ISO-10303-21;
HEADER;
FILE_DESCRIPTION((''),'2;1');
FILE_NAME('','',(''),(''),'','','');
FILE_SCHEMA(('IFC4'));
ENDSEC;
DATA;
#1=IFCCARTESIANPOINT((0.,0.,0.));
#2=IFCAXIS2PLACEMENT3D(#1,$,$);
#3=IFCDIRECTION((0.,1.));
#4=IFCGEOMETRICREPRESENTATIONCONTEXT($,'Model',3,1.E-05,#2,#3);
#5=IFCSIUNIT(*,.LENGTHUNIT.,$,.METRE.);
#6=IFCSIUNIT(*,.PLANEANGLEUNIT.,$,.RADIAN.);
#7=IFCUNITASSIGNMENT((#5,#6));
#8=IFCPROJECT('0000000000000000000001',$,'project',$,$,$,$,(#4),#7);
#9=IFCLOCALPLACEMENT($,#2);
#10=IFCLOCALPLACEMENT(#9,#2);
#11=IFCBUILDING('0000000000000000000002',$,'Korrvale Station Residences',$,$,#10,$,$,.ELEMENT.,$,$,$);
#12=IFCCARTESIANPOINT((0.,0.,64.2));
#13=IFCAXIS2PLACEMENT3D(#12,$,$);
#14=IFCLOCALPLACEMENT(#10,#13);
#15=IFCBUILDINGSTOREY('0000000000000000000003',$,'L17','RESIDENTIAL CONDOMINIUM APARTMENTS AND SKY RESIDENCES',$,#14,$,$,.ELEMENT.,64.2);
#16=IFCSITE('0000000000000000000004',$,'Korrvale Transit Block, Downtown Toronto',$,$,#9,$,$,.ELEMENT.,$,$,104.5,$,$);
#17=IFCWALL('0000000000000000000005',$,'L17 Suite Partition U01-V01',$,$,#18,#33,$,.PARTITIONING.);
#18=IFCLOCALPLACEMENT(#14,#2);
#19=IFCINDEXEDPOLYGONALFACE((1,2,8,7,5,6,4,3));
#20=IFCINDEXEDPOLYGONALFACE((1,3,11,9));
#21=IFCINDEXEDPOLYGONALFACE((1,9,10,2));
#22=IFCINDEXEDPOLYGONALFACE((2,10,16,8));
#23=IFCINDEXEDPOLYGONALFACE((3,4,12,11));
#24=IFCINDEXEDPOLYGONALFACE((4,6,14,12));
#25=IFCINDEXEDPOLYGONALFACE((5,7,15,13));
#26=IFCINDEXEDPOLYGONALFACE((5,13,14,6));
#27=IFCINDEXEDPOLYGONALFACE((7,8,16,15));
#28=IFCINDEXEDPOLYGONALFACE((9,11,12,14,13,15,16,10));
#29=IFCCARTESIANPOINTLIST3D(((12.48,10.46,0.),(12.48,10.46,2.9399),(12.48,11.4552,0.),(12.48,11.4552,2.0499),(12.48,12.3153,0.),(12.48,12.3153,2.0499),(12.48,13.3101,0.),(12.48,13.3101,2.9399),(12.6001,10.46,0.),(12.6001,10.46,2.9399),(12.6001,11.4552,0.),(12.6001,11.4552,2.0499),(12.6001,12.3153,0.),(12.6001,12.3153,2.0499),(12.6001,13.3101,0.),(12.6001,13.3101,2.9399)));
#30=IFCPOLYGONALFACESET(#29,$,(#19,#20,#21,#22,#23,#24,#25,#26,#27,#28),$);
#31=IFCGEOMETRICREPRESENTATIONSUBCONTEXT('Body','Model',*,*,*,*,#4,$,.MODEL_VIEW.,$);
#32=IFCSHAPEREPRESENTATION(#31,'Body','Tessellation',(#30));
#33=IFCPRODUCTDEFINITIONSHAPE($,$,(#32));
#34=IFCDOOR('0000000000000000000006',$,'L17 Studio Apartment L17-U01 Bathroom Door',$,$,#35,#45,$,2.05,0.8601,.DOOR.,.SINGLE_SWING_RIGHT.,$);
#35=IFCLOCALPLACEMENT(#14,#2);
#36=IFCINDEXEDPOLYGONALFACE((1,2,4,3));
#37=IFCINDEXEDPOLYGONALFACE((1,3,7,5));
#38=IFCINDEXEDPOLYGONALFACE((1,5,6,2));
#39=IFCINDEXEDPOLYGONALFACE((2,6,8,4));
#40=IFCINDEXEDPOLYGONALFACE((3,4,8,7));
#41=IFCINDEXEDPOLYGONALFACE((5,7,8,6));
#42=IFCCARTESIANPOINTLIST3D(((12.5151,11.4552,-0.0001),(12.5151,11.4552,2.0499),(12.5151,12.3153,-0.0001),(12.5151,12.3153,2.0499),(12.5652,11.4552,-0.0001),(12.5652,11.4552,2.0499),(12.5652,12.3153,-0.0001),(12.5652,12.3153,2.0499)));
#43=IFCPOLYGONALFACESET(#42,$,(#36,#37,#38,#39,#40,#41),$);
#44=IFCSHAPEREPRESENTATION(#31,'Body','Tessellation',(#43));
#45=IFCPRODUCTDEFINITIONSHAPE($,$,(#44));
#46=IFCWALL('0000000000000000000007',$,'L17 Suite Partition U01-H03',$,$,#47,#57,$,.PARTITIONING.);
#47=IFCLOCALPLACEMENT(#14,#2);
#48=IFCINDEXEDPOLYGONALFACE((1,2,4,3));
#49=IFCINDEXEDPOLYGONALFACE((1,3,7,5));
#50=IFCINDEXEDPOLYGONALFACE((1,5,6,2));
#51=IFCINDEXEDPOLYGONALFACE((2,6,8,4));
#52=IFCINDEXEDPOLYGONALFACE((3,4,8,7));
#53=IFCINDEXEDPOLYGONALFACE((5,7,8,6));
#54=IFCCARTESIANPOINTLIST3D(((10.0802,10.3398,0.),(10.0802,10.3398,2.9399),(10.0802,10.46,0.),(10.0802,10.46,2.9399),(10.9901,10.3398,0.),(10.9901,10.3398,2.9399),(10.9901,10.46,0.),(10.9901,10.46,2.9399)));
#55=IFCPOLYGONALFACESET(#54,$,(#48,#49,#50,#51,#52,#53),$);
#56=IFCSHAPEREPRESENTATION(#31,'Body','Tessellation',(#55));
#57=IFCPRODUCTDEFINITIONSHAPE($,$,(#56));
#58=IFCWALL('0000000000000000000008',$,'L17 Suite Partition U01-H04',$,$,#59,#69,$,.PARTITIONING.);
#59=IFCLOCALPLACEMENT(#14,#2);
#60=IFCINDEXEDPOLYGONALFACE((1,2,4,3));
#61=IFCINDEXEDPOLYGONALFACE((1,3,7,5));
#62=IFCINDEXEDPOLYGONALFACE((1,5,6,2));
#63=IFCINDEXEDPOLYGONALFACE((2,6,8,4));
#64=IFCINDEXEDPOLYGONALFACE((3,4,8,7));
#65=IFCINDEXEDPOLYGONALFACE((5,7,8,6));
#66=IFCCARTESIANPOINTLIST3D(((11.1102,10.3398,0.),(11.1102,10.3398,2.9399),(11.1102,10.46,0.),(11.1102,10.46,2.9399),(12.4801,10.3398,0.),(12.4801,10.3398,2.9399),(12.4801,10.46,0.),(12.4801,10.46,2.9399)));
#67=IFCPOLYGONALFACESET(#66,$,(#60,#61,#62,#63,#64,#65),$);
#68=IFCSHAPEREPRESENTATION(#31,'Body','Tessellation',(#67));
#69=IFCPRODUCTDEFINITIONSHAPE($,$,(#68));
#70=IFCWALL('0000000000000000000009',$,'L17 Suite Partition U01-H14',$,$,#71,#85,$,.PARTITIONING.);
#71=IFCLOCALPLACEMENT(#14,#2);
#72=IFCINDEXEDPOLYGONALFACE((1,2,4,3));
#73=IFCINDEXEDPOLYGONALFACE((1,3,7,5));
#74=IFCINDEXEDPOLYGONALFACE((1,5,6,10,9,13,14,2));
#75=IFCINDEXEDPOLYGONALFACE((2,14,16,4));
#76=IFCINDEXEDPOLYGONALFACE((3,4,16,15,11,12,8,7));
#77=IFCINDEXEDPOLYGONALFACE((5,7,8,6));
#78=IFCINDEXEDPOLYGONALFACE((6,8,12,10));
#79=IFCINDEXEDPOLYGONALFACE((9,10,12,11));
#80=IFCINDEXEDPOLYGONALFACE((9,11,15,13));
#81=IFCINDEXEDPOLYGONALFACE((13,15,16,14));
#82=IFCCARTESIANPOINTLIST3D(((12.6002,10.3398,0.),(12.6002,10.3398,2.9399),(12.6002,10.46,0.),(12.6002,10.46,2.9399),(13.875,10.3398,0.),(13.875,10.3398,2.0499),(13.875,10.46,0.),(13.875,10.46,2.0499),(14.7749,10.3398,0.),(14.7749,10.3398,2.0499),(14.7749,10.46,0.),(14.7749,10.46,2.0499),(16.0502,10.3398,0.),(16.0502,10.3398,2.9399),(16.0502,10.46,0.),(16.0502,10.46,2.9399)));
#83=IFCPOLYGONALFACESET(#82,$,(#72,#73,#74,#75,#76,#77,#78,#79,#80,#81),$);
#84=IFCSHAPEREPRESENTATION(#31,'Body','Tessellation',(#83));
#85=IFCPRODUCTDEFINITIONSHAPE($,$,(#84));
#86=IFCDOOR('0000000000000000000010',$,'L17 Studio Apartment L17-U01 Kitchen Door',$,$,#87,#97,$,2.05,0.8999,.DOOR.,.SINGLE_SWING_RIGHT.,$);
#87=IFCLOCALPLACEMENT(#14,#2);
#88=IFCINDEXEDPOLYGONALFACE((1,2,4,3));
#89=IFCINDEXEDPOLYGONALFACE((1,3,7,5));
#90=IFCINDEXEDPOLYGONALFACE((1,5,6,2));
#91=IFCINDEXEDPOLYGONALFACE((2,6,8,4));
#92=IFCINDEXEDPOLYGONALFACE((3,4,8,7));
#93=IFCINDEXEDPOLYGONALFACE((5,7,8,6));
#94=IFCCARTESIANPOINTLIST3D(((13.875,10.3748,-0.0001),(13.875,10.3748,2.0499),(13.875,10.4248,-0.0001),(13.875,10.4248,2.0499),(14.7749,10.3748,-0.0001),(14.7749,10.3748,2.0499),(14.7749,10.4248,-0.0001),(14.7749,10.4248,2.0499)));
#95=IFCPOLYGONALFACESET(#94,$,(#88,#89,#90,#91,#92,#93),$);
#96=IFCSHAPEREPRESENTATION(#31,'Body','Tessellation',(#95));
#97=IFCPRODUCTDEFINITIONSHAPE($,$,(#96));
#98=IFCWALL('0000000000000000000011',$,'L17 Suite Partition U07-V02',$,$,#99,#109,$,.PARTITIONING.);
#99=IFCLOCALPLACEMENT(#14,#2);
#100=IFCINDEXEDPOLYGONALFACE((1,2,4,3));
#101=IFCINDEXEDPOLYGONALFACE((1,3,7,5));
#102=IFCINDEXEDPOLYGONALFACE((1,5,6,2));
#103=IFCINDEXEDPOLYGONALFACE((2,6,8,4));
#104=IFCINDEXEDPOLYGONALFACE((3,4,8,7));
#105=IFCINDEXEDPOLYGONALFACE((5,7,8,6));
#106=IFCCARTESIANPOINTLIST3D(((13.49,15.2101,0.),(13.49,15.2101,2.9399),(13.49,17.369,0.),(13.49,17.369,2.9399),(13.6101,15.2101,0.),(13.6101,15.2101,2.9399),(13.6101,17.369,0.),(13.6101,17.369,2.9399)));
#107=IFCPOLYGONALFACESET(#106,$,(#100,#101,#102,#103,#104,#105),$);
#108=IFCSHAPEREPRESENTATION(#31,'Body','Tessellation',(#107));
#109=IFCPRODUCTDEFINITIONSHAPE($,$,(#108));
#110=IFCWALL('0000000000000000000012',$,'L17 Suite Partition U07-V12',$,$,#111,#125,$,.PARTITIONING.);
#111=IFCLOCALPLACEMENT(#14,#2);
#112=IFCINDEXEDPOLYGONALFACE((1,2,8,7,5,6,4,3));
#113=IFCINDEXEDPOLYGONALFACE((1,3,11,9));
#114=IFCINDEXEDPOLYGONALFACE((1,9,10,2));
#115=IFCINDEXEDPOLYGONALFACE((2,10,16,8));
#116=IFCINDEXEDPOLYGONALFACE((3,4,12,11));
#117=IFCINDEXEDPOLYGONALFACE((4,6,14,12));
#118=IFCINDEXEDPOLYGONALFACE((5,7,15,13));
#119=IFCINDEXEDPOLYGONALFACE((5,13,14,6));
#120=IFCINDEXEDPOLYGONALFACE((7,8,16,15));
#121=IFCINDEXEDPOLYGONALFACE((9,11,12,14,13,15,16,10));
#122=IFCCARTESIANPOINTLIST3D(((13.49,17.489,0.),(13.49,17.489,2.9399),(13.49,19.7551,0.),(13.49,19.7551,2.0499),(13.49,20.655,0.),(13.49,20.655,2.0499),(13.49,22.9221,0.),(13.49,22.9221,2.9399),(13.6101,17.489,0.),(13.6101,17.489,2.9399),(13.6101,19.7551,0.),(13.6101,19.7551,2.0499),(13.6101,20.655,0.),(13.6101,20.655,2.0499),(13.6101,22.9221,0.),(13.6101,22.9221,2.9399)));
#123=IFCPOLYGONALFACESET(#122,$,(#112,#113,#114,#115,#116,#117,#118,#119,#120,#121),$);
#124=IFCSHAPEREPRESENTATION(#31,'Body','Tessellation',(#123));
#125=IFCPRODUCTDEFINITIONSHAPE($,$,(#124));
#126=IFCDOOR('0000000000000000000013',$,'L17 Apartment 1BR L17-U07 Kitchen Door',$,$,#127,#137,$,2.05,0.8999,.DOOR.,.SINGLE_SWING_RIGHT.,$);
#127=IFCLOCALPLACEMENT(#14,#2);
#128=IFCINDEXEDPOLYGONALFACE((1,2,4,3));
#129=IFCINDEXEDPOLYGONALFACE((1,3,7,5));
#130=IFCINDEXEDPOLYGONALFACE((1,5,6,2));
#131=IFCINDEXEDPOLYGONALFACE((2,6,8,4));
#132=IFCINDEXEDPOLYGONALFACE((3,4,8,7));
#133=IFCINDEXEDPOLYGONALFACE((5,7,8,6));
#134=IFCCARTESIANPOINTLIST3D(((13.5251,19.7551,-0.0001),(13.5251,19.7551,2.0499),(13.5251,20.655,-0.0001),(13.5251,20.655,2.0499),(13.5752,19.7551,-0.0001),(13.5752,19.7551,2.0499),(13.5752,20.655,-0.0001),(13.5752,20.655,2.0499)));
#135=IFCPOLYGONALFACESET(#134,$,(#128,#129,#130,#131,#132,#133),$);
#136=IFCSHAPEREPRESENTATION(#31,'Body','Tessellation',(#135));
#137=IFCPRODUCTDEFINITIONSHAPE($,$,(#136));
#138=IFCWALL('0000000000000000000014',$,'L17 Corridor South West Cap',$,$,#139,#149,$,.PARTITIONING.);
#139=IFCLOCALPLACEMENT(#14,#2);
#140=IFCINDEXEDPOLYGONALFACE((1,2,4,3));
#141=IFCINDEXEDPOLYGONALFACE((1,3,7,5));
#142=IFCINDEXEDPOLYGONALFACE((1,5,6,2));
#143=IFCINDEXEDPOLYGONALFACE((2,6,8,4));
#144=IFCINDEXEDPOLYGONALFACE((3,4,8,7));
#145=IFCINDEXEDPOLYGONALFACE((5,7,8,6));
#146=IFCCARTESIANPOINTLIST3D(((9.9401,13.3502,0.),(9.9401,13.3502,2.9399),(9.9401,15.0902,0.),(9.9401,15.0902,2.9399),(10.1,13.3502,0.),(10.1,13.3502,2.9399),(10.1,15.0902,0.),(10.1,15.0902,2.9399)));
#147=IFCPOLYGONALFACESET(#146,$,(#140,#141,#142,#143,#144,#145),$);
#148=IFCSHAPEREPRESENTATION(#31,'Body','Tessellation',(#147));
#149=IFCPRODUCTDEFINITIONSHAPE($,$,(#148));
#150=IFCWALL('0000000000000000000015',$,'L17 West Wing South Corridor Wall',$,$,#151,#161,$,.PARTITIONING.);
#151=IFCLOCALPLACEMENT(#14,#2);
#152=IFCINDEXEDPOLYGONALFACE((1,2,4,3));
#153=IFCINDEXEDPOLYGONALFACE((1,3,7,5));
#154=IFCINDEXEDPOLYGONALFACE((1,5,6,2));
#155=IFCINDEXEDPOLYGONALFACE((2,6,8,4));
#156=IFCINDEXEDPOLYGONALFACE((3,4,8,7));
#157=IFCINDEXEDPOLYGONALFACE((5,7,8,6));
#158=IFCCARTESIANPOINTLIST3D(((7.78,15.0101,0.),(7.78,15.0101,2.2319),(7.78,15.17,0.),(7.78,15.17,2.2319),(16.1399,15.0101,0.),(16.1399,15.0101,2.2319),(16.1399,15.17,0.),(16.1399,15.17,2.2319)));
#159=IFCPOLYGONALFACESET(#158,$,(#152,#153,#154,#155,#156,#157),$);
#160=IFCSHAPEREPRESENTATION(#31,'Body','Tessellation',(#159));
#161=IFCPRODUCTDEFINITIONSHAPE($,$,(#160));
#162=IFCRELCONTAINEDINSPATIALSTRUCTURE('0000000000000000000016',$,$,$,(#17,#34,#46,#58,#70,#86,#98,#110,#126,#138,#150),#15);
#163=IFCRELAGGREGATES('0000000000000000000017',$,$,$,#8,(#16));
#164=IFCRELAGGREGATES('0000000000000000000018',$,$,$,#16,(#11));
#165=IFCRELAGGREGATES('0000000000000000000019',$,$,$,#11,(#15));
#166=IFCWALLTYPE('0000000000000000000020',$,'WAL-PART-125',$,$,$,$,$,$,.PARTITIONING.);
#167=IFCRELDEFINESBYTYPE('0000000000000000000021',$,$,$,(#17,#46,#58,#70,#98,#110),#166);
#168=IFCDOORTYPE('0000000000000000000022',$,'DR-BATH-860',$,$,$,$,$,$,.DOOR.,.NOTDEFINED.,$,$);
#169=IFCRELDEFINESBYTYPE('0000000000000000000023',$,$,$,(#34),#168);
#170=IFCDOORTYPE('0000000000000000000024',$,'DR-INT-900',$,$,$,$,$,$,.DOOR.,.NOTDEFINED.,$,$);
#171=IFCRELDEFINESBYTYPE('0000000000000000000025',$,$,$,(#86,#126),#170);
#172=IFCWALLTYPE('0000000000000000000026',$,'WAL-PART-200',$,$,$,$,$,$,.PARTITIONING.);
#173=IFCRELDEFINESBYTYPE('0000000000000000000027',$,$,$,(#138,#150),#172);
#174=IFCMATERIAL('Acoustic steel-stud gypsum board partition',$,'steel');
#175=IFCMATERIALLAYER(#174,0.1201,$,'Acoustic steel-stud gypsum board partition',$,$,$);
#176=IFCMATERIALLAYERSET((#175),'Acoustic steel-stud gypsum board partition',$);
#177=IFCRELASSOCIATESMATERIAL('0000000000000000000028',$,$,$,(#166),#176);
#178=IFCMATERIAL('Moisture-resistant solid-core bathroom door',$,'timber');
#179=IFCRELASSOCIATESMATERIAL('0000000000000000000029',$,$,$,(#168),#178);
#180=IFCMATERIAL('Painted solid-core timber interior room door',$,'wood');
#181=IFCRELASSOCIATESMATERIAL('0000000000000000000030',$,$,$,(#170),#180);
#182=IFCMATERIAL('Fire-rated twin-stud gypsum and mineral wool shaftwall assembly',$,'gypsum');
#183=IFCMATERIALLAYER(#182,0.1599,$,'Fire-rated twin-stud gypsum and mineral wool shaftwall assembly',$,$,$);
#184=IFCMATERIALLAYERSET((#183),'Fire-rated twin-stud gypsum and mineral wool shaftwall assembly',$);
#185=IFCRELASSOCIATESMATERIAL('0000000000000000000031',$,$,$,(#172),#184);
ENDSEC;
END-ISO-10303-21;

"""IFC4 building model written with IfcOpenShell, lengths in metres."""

from ifc_helpers import new_model, si_unit, direction, frame, frame_2d, origin, place, context, subcontext, project, spatial, rectangle, extrude, material, layer, layer_set, type_object, element, fill, save


model = new_model("IFC4")

# Units and contexts
model_context = context("Model", 3, precision=1e-05, world=origin(), true_north=direction((0.0, 1.0)))
body_context = subcontext(model_context, "Body", "Model", "MODEL_VIEW")
ifc_project = project(units=[si_unit("LENGTHUNIT", "METRE"), si_unit("PLANEANGLEUNIT", "RADIAN")], contexts=[model_context])

# Site, building, storey
site_placement = place(None, origin())
site = spatial("IfcSite", under=ifc_project, at=site_placement, Name="Korrvale Transit Block, Downtown Toronto", CompositionType="ELEMENT", RefElevation=104.5)
building_placement = place(site_placement, origin())
building = spatial("IfcBuilding", under=site, at=building_placement, Name="Korrvale Station Residences", CompositionType="ELEMENT")
storey_placement = place(building_placement, frame((0.0, 0.0, 64.2)))
storey = spatial("IfcBuildingStorey", under=building, at=storey_placement, Name="L17", Description="RESIDENTIAL CONDOMINIUM APARTMENTS AND SKY RESIDENCES", CompositionType="ELEMENT", Elevation=64.2)

# Wall, opening, door
ifc_material_1 = material(Name="Acoustic steel-stud gypsum board partition", Category="steel")
ifc_layer_1 = layer(ifc_material_1, 0.1201, Name="Acoustic steel-stud gypsum board partition")
ifc_layer_set_1 = layer_set([ifc_layer_1], Name="Acoustic steel-stud gypsum board partition")
wall_type_1 = type_object("IfcWallType", Name="WAL-PART-125", PredefinedType="PARTITIONING", material=ifc_layer_set_1)
wall_1_placement = place(storey_placement, frame((12.54, 10.46, 0.0), z_axis=(0.0, 0.0, 1.0), x_axis=(0.0, 1.0, 0.0)))
wall_1 = element("IfcWall", 1, at=wall_1_placement, inside=storey, type_object=wall_type_1, Name="L17 Suite Partition U01-V01", PredefinedType="PARTITIONING", context=body_context, shape_type="SweptSolid", body=[
    extrude(rectangle(XDim=2.8501, YDim=0.1201, at=frame_2d((1.425, 0.0))), origin(), (0.0, 0.0, 1.0), 2.9399),
])
opening_1_placement = place(wall_1_placement, frame((0.9951, 0.0, 0.0)))
opening_1 = element("IfcOpeningElement", 2, at=opening_1_placement, cuts=wall_1, PredefinedType="OPENING", context=body_context, shape_type="SweptSolid", body=[
    extrude(rectangle(XDim=0.8601, YDim=2.05, at=frame_2d((0.4302, 1.0249))), frame((0.0, 0.0701, 0.0), z_axis=(0.0, -1.0, 0.0), x_axis=(1.0, 0.0, 0.0)), (0.0, 0.0, 1.0), 0.1401),
])
ifc_material_2 = material(Name="Moisture-resistant solid-core bathroom door", Category="timber")
door_type_1 = type_object("IfcDoorType", Name="DR-BATH-860", OperationType="NOTDEFINED", PredefinedType="DOOR", material=ifc_material_2)
door_1_placement = place(opening_1_placement, origin())
door_1 = element("IfcDoor", 3, at=door_1_placement, inside=storey, type_object=door_type_1, Name="L17 Studio Apartment L17-U01 Bathroom Door", OperationType="SINGLE_SWING_RIGHT", OverallHeight=2.05, OverallWidth=0.8601, PredefinedType="DOOR", context=body_context, shape_type="SweptSolid", body=[
    extrude(rectangle(XDim=0.8601, YDim=2.05, at=frame_2d((0.4302, 1.0249))), frame((0.0, 0.0249, 0.0), z_axis=(0.0, -1.0, 0.0), x_axis=(1.0, 0.0, 0.0)), (0.0, 0.0, 1.0), 0.05),
])
fill(opening_1, door_1)

# Walls
wall_2_placement = place(storey_placement, frame((10.0801, 10.3999, 0.0), z_axis=(0.0, 0.0, 1.0), x_axis=(1.0, 0.0, 0.0)))
element("IfcWall", 4, at=wall_2_placement, inside=storey, type_object=wall_type_1, Name="L17 Suite Partition U01-H03", PredefinedType="PARTITIONING", context=body_context, shape_type="SweptSolid", body=[
    extrude(rectangle(XDim=0.9099, YDim=0.1201, at=frame_2d((0.4551, 0.0))), origin(), (0.0, 0.0, 1.0), 2.9399),
])
wall_3_placement = place(storey_placement, frame((11.1101, 10.3999, 0.0), z_axis=(0.0, 0.0, 1.0), x_axis=(1.0, 0.0, 0.0)))
element("IfcWall", 5, at=wall_3_placement, inside=storey, type_object=wall_type_1, Name="L17 Suite Partition U01-H04", PredefinedType="PARTITIONING", context=body_context, shape_type="SweptSolid", body=[
    extrude(rectangle(XDim=1.3699, YDim=0.1201, at=frame_2d((0.6851, 0.0))), origin(), (0.0, 0.0, 1.0), 2.9399),
])

# Wall, opening, door
wall_4_placement = place(storey_placement, frame((12.6001, 10.3999, 0.0), z_axis=(0.0, 0.0, 1.0), x_axis=(1.0, 0.0, 0.0)))
wall_4 = element("IfcWall", 6, at=wall_4_placement, inside=storey, type_object=wall_type_1, Name="L17 Suite Partition U01-H14", PredefinedType="PARTITIONING", context=body_context, shape_type="SweptSolid", body=[
    extrude(rectangle(XDim=3.45, YDim=0.1201, at=frame_2d((1.7251, 0.0))), origin(), (0.0, 0.0, 1.0), 2.9399),
])
opening_2_placement = place(wall_4_placement, frame((1.2749, 0.0, 0.0)))
opening_2 = element("IfcOpeningElement", 7, at=opening_2_placement, cuts=wall_4, PredefinedType="OPENING", context=body_context, shape_type="SweptSolid", body=[
    extrude(rectangle(XDim=0.8999, YDim=2.05, at=frame_2d((0.45, 1.0249))), frame((0.0, 0.0701, 0.0), z_axis=(0.0, -1.0, 0.0), x_axis=(1.0, 0.0, 0.0)), (0.0, 0.0, 1.0), 0.1401),
])
ifc_material_3 = material(Name="Painted solid-core timber interior room door", Category="wood")
door_type_2 = type_object("IfcDoorType", Name="DR-INT-900", OperationType="NOTDEFINED", PredefinedType="DOOR", material=ifc_material_3)
door_2_placement = place(opening_2_placement, origin())
door_2 = element("IfcDoor", 8, at=door_2_placement, inside=storey, type_object=door_type_2, Name="L17 Studio Apartment L17-U01 Kitchen Door", OperationType="SINGLE_SWING_RIGHT", OverallHeight=2.05, OverallWidth=0.8999, PredefinedType="DOOR", context=body_context, shape_type="SweptSolid", body=[
    extrude(rectangle(XDim=0.8999, YDim=2.05, at=frame_2d((0.45, 1.0249))), frame((0.0, 0.0249, 0.0), z_axis=(0.0, -1.0, 0.0), x_axis=(1.0, 0.0, 0.0)), (0.0, 0.0, 1.0), 0.05),
])
fill(opening_2, door_2)

# Wall
wall_5_placement = place(storey_placement, frame((13.55, 15.21, 0.0), z_axis=(0.0, 0.0, 1.0), x_axis=(0.0, 1.0, 0.0)))
element("IfcWall", 9, at=wall_5_placement, inside=storey, type_object=wall_type_1, Name="L17 Suite Partition U07-V02", PredefinedType="PARTITIONING", context=body_context, shape_type="SweptSolid", body=[
    extrude(rectangle(XDim=2.1589, YDim=0.1201, at=frame_2d((1.0796, 0.0))), origin(), (0.0, 0.0, 1.0), 2.9399),
])

# Wall, opening, door
wall_6_placement = place(storey_placement, frame((13.55, 17.489, 0.0), z_axis=(0.0, 0.0, 1.0), x_axis=(0.0, 1.0, 0.0)))
wall_6 = element("IfcWall", 10, at=wall_6_placement, inside=storey, type_object=wall_type_1, Name="L17 Suite Partition U07-V12", PredefinedType="PARTITIONING", context=body_context, shape_type="SweptSolid", body=[
    extrude(rectangle(XDim=5.4331, YDim=0.1201, at=frame_2d((2.7166, 0.0))), origin(), (0.0, 0.0, 1.0), 2.9399),
])
opening_3_placement = place(wall_6_placement, frame((2.2661, 0.0, 0.0)))
opening_3 = element("IfcOpeningElement", 11, at=opening_3_placement, cuts=wall_6, PredefinedType="OPENING", context=body_context, shape_type="SweptSolid", body=[
    extrude(rectangle(XDim=0.8999, YDim=2.05, at=frame_2d((0.45, 1.0249))), frame((0.0, 0.0701, 0.0), z_axis=(0.0, -1.0, 0.0), x_axis=(1.0, 0.0, 0.0)), (0.0, 0.0, 1.0), 0.1401),
])
door_3_placement = place(opening_3_placement, origin())
door_3 = element("IfcDoor", 12, at=door_3_placement, inside=storey, type_object=door_type_2, Name="L17 Apartment 1BR L17-U07 Kitchen Door", OperationType="SINGLE_SWING_RIGHT", OverallHeight=2.05, OverallWidth=0.8999, PredefinedType="DOOR", context=body_context, shape_type="SweptSolid", body=[
    extrude(rectangle(XDim=0.8999, YDim=2.05, at=frame_2d((0.45, 1.0249))), frame((0.0, 0.0249, 0.0), z_axis=(0.0, -1.0, 0.0), x_axis=(1.0, 0.0, 0.0)), (0.0, 0.0, 1.0), 0.05),
])
fill(opening_3, door_3)

# Walls
ifc_material_4 = material(Name="Fire-rated twin-stud gypsum and mineral wool shaftwall assembly", Category="gypsum")
ifc_layer_2 = layer(ifc_material_4, 0.1599, Name="Fire-rated twin-stud gypsum and mineral wool shaftwall assembly")
ifc_layer_set_2 = layer_set([ifc_layer_2], Name="Fire-rated twin-stud gypsum and mineral wool shaftwall assembly")
wall_type_2 = type_object("IfcWallType", Name="WAL-PART-200", PredefinedType="PARTITIONING", material=ifc_layer_set_2)
wall_7_placement = place(storey_placement, frame((10.02, 13.3501, 0.0), z_axis=(0.0, 0.0, 1.0), x_axis=(0.0, 1.0, 0.0)))
element("IfcWall", 13, at=wall_7_placement, inside=storey, type_object=wall_type_2, Name="L17 Corridor South West Cap", PredefinedType="PARTITIONING", context=body_context, shape_type="SweptSolid", body=[
    extrude(rectangle(XDim=1.74, YDim=0.1599, at=frame_2d((0.8701, 0.0))), origin(), (0.0, 0.0, 1.0), 2.9399),
])
wall_8_placement = place(storey_placement, frame((7.78, 15.0901, 0.0), z_axis=(0.0, 0.0, 1.0), x_axis=(1.0, 0.0, 0.0)))
element("IfcWall", 14, at=wall_8_placement, inside=storey, type_object=wall_type_2, Name="L17 West Wing South Corridor Wall", PredefinedType="PARTITIONING", context=body_context, shape_type="SweptSolid", body=[
    extrude(rectangle(XDim=8.3599, YDim=0.1599, at=frame_2d((4.1799, 0.0))), origin(), (0.0, 0.0, 1.0), 2.2319),
])

save(model, "model.ifc")
